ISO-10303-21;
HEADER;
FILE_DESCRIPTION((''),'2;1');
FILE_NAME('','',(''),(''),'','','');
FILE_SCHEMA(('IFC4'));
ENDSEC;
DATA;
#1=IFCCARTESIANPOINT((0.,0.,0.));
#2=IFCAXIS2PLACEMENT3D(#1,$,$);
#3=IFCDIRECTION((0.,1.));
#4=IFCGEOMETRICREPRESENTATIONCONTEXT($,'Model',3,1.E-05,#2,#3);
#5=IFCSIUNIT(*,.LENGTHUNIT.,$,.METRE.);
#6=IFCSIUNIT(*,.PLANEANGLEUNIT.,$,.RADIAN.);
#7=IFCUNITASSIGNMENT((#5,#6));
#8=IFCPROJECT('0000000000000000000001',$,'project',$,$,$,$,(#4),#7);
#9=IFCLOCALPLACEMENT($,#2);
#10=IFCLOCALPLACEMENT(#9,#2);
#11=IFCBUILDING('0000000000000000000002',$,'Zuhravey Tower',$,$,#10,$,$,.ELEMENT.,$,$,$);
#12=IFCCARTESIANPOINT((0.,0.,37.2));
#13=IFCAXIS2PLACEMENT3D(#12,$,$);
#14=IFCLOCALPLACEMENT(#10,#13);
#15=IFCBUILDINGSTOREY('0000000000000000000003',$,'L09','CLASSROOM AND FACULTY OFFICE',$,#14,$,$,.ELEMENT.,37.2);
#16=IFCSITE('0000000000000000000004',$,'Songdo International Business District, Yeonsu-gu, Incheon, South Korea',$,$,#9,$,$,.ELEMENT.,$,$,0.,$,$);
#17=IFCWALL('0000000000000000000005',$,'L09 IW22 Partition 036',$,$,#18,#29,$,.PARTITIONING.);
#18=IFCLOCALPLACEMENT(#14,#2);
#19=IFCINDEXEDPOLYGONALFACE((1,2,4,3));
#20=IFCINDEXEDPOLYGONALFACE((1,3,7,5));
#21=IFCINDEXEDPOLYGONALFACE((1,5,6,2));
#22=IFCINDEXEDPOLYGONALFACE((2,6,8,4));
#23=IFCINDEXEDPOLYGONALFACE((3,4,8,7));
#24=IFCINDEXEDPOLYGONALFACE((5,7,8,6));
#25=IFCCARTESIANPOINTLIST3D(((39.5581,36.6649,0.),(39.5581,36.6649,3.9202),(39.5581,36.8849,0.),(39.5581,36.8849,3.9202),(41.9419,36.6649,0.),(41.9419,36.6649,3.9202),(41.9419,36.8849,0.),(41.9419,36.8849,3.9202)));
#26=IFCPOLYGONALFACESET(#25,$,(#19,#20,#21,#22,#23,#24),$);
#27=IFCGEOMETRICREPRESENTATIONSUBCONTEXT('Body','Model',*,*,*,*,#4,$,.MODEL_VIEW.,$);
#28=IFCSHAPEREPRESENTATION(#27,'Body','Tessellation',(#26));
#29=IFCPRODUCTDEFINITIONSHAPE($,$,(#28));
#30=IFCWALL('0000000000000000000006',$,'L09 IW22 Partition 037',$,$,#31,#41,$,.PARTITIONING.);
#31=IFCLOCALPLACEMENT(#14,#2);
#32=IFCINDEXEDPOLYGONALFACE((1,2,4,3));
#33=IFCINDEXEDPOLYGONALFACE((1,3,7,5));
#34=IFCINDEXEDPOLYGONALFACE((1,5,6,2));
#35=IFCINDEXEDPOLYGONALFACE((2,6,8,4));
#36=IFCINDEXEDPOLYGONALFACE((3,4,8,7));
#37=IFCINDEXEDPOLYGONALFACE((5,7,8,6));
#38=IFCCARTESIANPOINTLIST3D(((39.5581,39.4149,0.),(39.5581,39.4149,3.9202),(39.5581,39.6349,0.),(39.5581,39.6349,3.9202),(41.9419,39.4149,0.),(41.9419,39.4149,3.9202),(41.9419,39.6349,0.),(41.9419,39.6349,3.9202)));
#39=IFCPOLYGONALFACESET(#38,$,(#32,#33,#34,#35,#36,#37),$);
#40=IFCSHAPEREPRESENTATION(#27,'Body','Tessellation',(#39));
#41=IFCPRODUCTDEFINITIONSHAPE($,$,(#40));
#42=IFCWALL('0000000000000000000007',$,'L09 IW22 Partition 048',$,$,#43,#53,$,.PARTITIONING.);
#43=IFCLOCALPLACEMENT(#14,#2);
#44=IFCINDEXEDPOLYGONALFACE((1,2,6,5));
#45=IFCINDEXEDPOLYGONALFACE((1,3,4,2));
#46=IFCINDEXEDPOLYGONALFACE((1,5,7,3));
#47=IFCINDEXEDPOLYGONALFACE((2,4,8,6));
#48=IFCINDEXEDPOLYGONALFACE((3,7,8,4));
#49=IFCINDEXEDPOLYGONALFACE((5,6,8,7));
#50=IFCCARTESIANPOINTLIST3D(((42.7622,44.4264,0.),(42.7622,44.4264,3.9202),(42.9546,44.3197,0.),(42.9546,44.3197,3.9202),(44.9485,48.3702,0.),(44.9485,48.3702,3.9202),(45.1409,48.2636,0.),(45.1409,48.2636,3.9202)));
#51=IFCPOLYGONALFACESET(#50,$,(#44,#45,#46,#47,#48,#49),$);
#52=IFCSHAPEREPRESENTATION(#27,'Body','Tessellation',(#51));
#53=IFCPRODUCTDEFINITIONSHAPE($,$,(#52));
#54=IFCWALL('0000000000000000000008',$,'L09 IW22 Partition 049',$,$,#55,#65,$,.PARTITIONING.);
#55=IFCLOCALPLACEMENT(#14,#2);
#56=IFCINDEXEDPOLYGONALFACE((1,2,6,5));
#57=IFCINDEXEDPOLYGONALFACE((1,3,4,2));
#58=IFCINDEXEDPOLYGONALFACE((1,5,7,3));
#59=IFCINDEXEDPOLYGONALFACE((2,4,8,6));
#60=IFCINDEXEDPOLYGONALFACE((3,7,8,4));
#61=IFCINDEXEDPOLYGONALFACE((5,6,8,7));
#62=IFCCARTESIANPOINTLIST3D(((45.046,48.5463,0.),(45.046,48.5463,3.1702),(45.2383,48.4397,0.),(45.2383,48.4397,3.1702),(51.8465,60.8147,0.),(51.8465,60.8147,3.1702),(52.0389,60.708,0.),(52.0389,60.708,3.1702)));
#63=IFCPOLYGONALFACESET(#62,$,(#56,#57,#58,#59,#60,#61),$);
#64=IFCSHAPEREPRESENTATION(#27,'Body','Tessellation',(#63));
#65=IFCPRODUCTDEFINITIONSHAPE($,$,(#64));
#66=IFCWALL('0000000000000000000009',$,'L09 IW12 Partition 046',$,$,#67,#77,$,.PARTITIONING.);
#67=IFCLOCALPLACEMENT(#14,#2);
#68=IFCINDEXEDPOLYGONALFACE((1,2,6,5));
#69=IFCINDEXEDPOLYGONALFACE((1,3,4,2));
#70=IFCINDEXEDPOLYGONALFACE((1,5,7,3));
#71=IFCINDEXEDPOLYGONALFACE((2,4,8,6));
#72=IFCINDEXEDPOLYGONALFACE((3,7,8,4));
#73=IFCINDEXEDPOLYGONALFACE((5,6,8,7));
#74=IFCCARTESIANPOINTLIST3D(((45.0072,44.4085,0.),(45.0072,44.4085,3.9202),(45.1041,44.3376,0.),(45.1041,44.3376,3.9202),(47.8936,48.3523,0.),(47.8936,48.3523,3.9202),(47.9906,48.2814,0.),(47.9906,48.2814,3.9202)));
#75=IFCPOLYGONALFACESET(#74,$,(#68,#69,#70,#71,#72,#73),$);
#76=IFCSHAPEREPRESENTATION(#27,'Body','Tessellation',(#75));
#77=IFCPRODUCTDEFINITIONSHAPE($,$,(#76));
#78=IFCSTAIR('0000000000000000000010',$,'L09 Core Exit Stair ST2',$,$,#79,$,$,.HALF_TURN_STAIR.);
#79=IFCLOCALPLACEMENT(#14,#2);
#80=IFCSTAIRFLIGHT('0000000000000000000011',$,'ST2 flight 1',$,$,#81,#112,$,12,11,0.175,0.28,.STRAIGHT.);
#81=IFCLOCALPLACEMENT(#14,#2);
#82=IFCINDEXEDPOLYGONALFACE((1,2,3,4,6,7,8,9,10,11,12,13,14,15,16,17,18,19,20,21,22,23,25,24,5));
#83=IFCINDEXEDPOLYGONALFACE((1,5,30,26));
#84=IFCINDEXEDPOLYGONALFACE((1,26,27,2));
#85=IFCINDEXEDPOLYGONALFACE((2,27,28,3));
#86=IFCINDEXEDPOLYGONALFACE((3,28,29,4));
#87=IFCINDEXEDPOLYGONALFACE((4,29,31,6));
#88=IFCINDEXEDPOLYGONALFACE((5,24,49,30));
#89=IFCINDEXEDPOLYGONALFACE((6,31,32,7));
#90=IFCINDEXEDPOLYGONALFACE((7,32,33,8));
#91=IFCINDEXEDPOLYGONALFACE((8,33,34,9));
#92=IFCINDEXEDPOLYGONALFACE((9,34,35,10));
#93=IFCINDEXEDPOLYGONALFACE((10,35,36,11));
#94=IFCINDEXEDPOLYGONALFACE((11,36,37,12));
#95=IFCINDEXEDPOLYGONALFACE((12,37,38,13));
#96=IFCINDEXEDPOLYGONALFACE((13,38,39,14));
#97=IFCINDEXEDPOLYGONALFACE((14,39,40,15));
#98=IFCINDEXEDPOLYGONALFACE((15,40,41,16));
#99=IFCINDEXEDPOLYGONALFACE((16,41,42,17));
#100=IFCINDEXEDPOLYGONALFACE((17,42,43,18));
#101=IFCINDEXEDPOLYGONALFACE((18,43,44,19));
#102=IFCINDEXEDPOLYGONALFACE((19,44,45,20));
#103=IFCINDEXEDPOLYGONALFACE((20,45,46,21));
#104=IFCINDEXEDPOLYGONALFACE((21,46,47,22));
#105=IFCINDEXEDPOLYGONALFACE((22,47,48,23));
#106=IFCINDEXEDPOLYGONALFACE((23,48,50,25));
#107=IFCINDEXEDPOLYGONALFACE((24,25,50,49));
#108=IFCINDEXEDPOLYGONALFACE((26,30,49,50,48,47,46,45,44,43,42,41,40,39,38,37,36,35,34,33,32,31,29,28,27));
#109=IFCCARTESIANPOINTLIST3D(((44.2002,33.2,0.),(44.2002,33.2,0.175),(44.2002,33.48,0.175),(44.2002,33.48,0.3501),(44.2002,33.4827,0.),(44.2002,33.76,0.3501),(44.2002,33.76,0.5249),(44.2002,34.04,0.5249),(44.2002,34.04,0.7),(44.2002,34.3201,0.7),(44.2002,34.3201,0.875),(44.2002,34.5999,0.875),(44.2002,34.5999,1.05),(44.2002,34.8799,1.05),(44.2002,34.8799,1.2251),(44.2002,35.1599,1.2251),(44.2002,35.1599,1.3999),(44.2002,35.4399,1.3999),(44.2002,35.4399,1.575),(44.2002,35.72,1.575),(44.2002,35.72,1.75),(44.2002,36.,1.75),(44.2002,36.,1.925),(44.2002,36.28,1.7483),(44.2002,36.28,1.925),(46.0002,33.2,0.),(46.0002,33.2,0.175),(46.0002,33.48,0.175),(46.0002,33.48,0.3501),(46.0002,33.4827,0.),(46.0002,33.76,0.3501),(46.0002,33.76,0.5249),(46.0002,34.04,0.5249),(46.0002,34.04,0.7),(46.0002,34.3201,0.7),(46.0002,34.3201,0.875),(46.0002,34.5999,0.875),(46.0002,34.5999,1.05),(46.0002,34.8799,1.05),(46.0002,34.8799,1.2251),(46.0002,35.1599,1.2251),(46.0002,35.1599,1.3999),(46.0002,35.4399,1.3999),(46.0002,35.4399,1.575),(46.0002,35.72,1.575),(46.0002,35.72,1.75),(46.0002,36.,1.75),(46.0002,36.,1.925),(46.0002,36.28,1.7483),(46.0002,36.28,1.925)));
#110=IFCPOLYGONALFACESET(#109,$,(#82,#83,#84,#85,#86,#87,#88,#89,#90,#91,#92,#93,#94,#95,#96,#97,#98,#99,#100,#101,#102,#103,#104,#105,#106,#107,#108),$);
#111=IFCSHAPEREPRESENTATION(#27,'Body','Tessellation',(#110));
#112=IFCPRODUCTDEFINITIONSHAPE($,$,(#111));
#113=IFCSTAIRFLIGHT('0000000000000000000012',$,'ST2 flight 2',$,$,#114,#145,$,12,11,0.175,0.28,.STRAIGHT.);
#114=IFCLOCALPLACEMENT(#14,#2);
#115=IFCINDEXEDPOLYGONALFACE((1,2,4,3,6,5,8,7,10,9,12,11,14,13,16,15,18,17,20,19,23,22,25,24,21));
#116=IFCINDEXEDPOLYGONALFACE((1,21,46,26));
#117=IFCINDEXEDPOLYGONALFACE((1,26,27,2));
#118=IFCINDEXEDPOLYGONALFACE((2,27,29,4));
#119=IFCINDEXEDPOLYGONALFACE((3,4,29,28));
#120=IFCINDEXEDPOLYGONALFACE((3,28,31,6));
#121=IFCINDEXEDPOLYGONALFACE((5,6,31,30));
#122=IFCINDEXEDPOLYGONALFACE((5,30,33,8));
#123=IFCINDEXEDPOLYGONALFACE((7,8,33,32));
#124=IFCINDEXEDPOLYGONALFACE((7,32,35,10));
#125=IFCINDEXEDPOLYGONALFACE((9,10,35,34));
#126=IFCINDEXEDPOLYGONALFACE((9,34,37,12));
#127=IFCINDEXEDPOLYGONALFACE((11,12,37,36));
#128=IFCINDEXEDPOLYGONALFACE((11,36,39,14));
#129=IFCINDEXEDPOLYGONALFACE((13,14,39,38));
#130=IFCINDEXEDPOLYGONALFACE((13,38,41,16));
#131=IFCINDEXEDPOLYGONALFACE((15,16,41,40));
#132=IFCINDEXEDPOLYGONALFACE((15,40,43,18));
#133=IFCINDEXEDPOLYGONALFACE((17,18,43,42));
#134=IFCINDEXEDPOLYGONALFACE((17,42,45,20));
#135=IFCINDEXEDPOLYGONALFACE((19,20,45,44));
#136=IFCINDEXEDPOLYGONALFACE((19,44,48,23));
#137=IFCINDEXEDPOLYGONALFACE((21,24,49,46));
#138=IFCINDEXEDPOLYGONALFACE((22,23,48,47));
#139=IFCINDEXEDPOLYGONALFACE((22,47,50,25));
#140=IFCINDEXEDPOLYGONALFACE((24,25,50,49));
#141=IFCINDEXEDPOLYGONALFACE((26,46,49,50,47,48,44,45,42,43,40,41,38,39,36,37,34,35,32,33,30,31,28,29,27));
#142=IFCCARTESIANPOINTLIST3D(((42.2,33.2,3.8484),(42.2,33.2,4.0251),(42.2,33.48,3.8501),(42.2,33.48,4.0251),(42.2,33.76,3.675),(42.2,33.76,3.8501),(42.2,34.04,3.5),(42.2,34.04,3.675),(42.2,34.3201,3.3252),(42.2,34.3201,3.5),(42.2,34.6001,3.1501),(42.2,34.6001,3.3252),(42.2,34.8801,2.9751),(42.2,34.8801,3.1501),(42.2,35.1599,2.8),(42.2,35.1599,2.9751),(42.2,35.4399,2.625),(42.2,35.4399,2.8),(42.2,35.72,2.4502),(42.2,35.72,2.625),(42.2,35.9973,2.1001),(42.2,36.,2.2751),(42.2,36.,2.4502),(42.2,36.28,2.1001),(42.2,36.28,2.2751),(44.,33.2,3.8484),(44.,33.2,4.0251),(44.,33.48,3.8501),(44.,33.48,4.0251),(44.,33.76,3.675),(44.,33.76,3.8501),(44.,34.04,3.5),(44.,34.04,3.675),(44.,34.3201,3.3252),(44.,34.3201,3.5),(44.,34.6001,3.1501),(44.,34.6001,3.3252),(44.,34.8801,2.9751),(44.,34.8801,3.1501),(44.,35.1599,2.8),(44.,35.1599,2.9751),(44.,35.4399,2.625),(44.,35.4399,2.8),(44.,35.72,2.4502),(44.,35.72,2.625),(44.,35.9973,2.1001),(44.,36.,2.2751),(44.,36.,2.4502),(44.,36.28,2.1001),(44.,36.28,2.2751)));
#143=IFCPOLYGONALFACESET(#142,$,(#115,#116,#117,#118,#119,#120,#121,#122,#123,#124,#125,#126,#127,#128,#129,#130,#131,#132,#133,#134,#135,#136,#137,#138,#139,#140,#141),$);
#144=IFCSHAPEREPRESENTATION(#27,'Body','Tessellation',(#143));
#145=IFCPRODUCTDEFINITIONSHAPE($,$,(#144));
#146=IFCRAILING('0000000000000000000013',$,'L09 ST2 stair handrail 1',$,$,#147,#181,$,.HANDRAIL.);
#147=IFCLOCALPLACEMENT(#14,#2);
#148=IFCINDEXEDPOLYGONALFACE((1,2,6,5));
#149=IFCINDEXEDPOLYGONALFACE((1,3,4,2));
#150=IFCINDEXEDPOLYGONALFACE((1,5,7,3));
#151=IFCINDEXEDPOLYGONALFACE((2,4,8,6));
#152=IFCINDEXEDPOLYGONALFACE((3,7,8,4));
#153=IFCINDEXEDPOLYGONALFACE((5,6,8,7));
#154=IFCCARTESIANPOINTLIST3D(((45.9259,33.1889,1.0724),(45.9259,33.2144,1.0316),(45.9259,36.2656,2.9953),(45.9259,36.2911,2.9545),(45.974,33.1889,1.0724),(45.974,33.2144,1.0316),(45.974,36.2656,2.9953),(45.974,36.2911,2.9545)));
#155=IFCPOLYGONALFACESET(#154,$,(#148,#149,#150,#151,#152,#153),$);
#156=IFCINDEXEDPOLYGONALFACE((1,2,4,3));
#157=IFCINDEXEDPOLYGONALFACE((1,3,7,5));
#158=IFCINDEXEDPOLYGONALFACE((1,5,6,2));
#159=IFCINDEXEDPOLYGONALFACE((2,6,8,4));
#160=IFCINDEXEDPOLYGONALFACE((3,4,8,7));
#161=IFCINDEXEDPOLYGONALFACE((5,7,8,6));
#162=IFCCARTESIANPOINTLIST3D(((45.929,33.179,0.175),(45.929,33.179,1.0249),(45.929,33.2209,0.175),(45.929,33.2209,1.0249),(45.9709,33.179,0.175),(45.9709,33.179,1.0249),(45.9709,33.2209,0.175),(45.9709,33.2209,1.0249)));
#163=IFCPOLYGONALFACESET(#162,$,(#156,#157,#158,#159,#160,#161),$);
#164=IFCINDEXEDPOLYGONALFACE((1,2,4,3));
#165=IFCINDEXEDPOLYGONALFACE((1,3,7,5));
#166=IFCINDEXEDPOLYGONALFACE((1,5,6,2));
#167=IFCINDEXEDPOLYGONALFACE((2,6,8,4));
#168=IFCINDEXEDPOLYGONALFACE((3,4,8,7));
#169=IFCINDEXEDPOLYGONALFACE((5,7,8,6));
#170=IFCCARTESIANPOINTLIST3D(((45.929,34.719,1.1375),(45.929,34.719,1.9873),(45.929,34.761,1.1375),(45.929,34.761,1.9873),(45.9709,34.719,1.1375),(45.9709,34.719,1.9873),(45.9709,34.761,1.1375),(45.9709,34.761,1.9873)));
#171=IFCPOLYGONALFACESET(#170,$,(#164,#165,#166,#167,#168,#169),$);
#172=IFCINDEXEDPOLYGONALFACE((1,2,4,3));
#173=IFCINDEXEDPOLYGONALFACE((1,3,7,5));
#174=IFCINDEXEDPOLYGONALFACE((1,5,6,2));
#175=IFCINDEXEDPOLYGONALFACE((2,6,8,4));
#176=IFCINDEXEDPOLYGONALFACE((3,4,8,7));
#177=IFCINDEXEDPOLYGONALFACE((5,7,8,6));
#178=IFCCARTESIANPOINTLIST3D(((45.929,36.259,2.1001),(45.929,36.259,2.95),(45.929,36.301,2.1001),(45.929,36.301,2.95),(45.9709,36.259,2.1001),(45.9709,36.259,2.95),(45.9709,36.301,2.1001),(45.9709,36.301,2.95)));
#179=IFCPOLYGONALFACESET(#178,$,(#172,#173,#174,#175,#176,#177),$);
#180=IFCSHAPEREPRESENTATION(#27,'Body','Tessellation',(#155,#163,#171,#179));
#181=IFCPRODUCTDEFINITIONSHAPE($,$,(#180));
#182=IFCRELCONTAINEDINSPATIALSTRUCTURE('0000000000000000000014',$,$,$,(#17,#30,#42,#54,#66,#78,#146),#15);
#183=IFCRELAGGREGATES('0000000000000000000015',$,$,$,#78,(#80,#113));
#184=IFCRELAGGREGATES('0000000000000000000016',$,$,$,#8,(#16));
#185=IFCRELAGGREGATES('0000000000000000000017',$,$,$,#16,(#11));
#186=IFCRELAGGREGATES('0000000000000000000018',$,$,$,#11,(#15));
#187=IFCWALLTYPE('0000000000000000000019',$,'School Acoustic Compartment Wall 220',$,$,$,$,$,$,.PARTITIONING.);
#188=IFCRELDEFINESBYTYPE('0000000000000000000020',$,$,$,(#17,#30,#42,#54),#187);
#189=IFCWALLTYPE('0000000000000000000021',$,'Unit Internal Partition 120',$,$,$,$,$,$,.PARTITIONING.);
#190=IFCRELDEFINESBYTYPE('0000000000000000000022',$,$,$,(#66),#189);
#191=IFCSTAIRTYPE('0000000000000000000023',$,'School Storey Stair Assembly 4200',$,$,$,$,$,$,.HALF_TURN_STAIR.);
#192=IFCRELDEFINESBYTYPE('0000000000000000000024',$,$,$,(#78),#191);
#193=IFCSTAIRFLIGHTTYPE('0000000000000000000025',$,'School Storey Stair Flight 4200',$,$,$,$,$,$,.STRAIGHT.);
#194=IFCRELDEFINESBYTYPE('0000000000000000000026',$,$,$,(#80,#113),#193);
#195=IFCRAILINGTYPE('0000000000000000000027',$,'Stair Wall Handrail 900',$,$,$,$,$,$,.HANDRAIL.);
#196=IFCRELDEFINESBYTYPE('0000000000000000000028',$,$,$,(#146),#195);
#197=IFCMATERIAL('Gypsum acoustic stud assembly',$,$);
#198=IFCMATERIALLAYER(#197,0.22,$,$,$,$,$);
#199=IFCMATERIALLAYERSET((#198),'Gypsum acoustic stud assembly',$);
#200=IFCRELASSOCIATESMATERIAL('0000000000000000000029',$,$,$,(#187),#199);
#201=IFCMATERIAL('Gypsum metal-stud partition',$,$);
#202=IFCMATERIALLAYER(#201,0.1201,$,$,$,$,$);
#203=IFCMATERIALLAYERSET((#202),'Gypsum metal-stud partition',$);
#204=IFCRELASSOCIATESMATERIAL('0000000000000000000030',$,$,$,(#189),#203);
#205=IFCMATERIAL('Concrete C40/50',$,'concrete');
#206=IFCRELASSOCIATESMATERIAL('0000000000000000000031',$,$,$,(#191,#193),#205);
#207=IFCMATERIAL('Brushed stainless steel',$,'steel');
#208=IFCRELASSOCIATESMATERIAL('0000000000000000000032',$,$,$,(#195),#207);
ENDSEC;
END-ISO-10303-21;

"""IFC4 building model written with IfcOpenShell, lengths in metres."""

from ifc_helpers import new_model, si_unit, direction, frame, frame_2d, origin, origin_2d, place, context, subcontext, project, spatial, polyline, rectangle, outline, extrude, material, layer, layer_set, type_object, element, aggregate, save


model = new_model("IFC4")

# Units and contexts
model_context = context("Model", 3, precision=1e-05, world=origin(), true_north=direction((0.0, 1.0)))
body_context = subcontext(model_context, "Body", "Model", "MODEL_VIEW")
ifc_project = project(units=[si_unit("LENGTHUNIT", "METRE"), si_unit("PLANEANGLEUNIT", "RADIAN")], contexts=[model_context])

# Site, building, storey
site_placement = place(None, origin())
site = spatial("IfcSite", under=ifc_project, at=site_placement, Name="Songdo International Business District, Yeonsu-gu, Incheon, South Korea", CompositionType="ELEMENT", RefElevation=0.0)
building_placement = place(site_placement, origin())
building = spatial("IfcBuilding", under=site, at=building_placement, Name="Zuhravey Tower", CompositionType="ELEMENT")
storey_placement = place(building_placement, frame((0.0, 0.0, 37.2)))
storey = spatial("IfcBuildingStorey", under=building, at=storey_placement, Name="L09", Description="CLASSROOM AND FACULTY OFFICE", CompositionType="ELEMENT", Elevation=37.2)

# Walls
ifc_material_1 = material(Name="Gypsum acoustic stud assembly")
ifc_layer_1 = layer(ifc_material_1, 0.22)
ifc_layer_set_1 = layer_set([ifc_layer_1], Name="Gypsum acoustic stud assembly")
wall_type_1 = type_object("IfcWallType", Name="School Acoustic Compartment Wall 220", PredefinedType="PARTITIONING", material=ifc_layer_set_1)
for number, where, z_axis, x_axis, name in (
    (1, (39.5581, 36.7749, 0.0), (0.0, 0.0, 1.0), (1.0, 0.0, 0.0), "L09 IW22 Partition 036"),
    (2, (39.5581, 39.5249, 0.0), (0.0, 0.0, 1.0), (1.0, 0.0, 0.0), "L09 IW22 Partition 037"),
):
    element("IfcWall", number, at=place(storey_placement, frame(where, z_axis=z_axis, x_axis=x_axis)), inside=storey, type_object=wall_type_1, Name=name, PredefinedType="PARTITIONING", context=body_context, shape_type="SweptSolid", body=[
        extrude(rectangle(XDim=2.3838, YDim=0.22, at=frame_2d((1.1919, 0.0))), origin(), (0.0, 0.0, 1.0), 3.9202),
    ])
wall_1_placement = place(storey_placement, frame((42.8584, 44.373, 0.0), z_axis=(0.0, 0.0, 1.0), x_axis=(0.484838, 0.874604, 0.0)))
element("IfcWall", 3, at=wall_1_placement, inside=storey, type_object=wall_type_1, Name="L09 IW22 Partition 048", PredefinedType="PARTITIONING", context=body_context, shape_type="SweptSolid", body=[
    extrude(rectangle(XDim=4.5093, YDim=0.22, at=frame_2d((2.2546, 0.0))), origin(), (0.0, 0.0, 1.0), 3.9202),
])
wall_2_placement = place(storey_placement, frame((45.1421, 48.4929, 0.0), z_axis=(0.0, 0.0, 1.0), x_axis=(0.484815, 0.874617, 0.0)))
element("IfcWall", 4, at=wall_2_placement, inside=storey, type_object=wall_type_1, Name="L09 IW22 Partition 049", PredefinedType="PARTITIONING", context=body_context, shape_type="SweptSolid", body=[
    extrude(rectangle(XDim=14.0271, YDim=0.22, at=frame_2d((7.0137, 0.0))), origin(), (0.0, 0.0, 1.0), 3.1702),
])
ifc_material_2 = material(Name="Gypsum metal-stud partition")
ifc_layer_2 = layer(ifc_material_2, 0.1201)
ifc_layer_set_2 = layer_set([ifc_layer_2], Name="Gypsum metal-stud partition")
wall_type_2 = type_object("IfcWallType", Name="Unit Internal Partition 120", PredefinedType="PARTITIONING", material=ifc_layer_set_2)
wall_3_placement = place(storey_placement, frame((45.0557, 44.373, 0.0), z_axis=(0.0, 0.0, 1.0), x_axis=(0.590608, 0.806959, 0.0)))
element("IfcWall", 5, at=wall_3_placement, inside=storey, type_object=wall_type_2, Name="L09 IW12 Partition 046", PredefinedType="PARTITIONING", context=body_context, shape_type="SweptSolid", body=[
    extrude(rectangle(XDim=4.8872, YDim=0.1201, at=frame_2d((2.4436, 0.0))), origin(), (0.0, 0.0, 1.0), 3.9202),
])

# Stair, stair flights
ifc_material_3 = material(Name="Concrete C40/50", Category="concrete")
stair_type = type_object("IfcStairType", Name="School Storey Stair Assembly 4200", PredefinedType="HALF_TURN_STAIR", material=ifc_material_3)
stair_placement = place(storey_placement, origin())
stair = element("IfcStair", 6, at=stair_placement, inside=storey, type_object=stair_type, Name="L09 Core Exit Stair ST2", PredefinedType="HALF_TURN_STAIR")
stair_flight_type = type_object("IfcStairFlightType", Name="School Storey Stair Flight 4200", PredefinedType="STRAIGHT", material=ifc_material_3)
stair_flight_1_placement = place(storey_placement, frame((45.1001, 33.2, 0.0), z_axis=(0.0, 0.0, 1.0), x_axis=(0.0, 1.0, 0.0)))
stair_flight_1 = element("IfcStairFlight", 7, at=stair_flight_1_placement, type_object=stair_flight_type, Name="ST2 flight 1", NumberOfRisers=12, NumberOfTreads=11, PredefinedType="STRAIGHT", RiserHeight=0.175, TreadLength=0.28, context=body_context, shape_type="SweptSolid", body=[
    extrude(outline(polyline([(0.0, 0.0), (0.0, 0.175), (0.28, 0.175), (0.28, 0.3501), (0.5601, 0.3501), (0.5601, 0.5249), (0.8401, 0.5249), (0.8401, 0.7), (1.1201, 0.7), (1.1201, 0.875), (1.3999, 0.875), (1.3999, 1.05), (1.6799, 1.05), (1.6799, 1.2251), (1.96, 1.2251), (1.96, 1.3999), (2.24, 1.3999), (2.24, 1.575), (2.52, 1.575), (2.52, 1.75), (2.8, 1.75), (2.8, 1.925), (3.0801, 1.925), (3.0801, 2.1001), (3.0801, 1.7483), (0.2827, 0.0), (0.0, 0.0)])), frame((0.0, 0.8999, 0.0), z_axis=(0.0, -1.0, 0.0), x_axis=(1.0, 0.0, 0.0)), (0.0, 0.0, 1.0), 1.8),
])
stair_flight_2_placement = place(storey_placement, frame((43.1001, 36.28, 2.1001), z_axis=(0.0, 0.0, 1.0), x_axis=(0.0, -1.0, 0.0)))
stair_flight_2 = element("IfcStairFlight", 8, at=stair_flight_2_placement, type_object=stair_flight_type, Name="ST2 flight 2", NumberOfRisers=12, NumberOfTreads=11, PredefinedType="STRAIGHT", RiserHeight=0.175, TreadLength=0.28, context=body_context, shape_type="SweptSolid", body=[
    extrude(outline(polyline([(0.0, 0.0), (0.0, 0.175), (0.28, 0.175), (0.28, 0.3501), (0.5601, 0.3501), (0.5601, 0.5249), (0.8401, 0.5249), (0.8401, 0.7), (1.1201, 0.7), (1.1201, 0.875), (1.3999, 0.875), (1.3999, 1.05), (1.6799, 1.05), (1.6799, 1.2251), (1.96, 1.2251), (1.96, 1.3999), (2.24, 1.3999), (2.24, 1.575), (2.52, 1.575), (2.52, 1.75), (2.8, 1.75), (2.8, 1.925), (3.0801, 1.925), (3.0801, 2.1001), (3.0801, 1.7483), (0.2827, 0.0), (0.0, 0.0)])), frame((0.0, 0.8999, 0.0), z_axis=(0.0, -1.0, 0.0), x_axis=(1.0, 0.0, 0.0)), (0.0, 0.0, 1.0), 1.8),
])
aggregate(stair, [stair_flight_1, stair_flight_2])

# Railing
ifc_material_4 = material(Name="Brushed stainless steel", Category="steel")
railing_type_1 = type_object("IfcRailingType", Name="Stair Wall Handrail 900", PredefinedType="HANDRAIL", material=ifc_material_4)
railing_1_placement = place(storey_placement, frame((45.95, 33.2, 0.175)))
element("IfcRailing", 9, at=railing_1_placement, inside=storey, type_object=railing_type_1, Name="L09 ST2 stair handrail 1", PredefinedType="HANDRAIL", context=body_context, shape_type="SweptSolid", body=[
    extrude(rectangle(XDim=0.0481, YDim=0.0481, at=origin_2d()), frame((0.0, 0.0017, 0.877), z_axis=(0.0, 0.847998, 0.529999), x_axis=(-1.0, 0.0, 0.0)), (0.0, 0.0, 1.0), 3.6282),
    extrude(rectangle(XDim=0.042, YDim=0.042, at=origin_2d()), origin(), (0.0, 0.0, 1.0), 0.8499),
    extrude(rectangle(XDim=0.042, YDim=0.042, at=origin_2d()), frame((0.0, 1.54, 0.9624)), (0.0, 0.0, 1.0), 0.8499),
    extrude(rectangle(XDim=0.042, YDim=0.042, at=origin_2d()), frame((0.0, 3.0801, 1.925)), (0.0, 0.0, 1.0), 0.8499),
])

save(model, "model.ifc")
